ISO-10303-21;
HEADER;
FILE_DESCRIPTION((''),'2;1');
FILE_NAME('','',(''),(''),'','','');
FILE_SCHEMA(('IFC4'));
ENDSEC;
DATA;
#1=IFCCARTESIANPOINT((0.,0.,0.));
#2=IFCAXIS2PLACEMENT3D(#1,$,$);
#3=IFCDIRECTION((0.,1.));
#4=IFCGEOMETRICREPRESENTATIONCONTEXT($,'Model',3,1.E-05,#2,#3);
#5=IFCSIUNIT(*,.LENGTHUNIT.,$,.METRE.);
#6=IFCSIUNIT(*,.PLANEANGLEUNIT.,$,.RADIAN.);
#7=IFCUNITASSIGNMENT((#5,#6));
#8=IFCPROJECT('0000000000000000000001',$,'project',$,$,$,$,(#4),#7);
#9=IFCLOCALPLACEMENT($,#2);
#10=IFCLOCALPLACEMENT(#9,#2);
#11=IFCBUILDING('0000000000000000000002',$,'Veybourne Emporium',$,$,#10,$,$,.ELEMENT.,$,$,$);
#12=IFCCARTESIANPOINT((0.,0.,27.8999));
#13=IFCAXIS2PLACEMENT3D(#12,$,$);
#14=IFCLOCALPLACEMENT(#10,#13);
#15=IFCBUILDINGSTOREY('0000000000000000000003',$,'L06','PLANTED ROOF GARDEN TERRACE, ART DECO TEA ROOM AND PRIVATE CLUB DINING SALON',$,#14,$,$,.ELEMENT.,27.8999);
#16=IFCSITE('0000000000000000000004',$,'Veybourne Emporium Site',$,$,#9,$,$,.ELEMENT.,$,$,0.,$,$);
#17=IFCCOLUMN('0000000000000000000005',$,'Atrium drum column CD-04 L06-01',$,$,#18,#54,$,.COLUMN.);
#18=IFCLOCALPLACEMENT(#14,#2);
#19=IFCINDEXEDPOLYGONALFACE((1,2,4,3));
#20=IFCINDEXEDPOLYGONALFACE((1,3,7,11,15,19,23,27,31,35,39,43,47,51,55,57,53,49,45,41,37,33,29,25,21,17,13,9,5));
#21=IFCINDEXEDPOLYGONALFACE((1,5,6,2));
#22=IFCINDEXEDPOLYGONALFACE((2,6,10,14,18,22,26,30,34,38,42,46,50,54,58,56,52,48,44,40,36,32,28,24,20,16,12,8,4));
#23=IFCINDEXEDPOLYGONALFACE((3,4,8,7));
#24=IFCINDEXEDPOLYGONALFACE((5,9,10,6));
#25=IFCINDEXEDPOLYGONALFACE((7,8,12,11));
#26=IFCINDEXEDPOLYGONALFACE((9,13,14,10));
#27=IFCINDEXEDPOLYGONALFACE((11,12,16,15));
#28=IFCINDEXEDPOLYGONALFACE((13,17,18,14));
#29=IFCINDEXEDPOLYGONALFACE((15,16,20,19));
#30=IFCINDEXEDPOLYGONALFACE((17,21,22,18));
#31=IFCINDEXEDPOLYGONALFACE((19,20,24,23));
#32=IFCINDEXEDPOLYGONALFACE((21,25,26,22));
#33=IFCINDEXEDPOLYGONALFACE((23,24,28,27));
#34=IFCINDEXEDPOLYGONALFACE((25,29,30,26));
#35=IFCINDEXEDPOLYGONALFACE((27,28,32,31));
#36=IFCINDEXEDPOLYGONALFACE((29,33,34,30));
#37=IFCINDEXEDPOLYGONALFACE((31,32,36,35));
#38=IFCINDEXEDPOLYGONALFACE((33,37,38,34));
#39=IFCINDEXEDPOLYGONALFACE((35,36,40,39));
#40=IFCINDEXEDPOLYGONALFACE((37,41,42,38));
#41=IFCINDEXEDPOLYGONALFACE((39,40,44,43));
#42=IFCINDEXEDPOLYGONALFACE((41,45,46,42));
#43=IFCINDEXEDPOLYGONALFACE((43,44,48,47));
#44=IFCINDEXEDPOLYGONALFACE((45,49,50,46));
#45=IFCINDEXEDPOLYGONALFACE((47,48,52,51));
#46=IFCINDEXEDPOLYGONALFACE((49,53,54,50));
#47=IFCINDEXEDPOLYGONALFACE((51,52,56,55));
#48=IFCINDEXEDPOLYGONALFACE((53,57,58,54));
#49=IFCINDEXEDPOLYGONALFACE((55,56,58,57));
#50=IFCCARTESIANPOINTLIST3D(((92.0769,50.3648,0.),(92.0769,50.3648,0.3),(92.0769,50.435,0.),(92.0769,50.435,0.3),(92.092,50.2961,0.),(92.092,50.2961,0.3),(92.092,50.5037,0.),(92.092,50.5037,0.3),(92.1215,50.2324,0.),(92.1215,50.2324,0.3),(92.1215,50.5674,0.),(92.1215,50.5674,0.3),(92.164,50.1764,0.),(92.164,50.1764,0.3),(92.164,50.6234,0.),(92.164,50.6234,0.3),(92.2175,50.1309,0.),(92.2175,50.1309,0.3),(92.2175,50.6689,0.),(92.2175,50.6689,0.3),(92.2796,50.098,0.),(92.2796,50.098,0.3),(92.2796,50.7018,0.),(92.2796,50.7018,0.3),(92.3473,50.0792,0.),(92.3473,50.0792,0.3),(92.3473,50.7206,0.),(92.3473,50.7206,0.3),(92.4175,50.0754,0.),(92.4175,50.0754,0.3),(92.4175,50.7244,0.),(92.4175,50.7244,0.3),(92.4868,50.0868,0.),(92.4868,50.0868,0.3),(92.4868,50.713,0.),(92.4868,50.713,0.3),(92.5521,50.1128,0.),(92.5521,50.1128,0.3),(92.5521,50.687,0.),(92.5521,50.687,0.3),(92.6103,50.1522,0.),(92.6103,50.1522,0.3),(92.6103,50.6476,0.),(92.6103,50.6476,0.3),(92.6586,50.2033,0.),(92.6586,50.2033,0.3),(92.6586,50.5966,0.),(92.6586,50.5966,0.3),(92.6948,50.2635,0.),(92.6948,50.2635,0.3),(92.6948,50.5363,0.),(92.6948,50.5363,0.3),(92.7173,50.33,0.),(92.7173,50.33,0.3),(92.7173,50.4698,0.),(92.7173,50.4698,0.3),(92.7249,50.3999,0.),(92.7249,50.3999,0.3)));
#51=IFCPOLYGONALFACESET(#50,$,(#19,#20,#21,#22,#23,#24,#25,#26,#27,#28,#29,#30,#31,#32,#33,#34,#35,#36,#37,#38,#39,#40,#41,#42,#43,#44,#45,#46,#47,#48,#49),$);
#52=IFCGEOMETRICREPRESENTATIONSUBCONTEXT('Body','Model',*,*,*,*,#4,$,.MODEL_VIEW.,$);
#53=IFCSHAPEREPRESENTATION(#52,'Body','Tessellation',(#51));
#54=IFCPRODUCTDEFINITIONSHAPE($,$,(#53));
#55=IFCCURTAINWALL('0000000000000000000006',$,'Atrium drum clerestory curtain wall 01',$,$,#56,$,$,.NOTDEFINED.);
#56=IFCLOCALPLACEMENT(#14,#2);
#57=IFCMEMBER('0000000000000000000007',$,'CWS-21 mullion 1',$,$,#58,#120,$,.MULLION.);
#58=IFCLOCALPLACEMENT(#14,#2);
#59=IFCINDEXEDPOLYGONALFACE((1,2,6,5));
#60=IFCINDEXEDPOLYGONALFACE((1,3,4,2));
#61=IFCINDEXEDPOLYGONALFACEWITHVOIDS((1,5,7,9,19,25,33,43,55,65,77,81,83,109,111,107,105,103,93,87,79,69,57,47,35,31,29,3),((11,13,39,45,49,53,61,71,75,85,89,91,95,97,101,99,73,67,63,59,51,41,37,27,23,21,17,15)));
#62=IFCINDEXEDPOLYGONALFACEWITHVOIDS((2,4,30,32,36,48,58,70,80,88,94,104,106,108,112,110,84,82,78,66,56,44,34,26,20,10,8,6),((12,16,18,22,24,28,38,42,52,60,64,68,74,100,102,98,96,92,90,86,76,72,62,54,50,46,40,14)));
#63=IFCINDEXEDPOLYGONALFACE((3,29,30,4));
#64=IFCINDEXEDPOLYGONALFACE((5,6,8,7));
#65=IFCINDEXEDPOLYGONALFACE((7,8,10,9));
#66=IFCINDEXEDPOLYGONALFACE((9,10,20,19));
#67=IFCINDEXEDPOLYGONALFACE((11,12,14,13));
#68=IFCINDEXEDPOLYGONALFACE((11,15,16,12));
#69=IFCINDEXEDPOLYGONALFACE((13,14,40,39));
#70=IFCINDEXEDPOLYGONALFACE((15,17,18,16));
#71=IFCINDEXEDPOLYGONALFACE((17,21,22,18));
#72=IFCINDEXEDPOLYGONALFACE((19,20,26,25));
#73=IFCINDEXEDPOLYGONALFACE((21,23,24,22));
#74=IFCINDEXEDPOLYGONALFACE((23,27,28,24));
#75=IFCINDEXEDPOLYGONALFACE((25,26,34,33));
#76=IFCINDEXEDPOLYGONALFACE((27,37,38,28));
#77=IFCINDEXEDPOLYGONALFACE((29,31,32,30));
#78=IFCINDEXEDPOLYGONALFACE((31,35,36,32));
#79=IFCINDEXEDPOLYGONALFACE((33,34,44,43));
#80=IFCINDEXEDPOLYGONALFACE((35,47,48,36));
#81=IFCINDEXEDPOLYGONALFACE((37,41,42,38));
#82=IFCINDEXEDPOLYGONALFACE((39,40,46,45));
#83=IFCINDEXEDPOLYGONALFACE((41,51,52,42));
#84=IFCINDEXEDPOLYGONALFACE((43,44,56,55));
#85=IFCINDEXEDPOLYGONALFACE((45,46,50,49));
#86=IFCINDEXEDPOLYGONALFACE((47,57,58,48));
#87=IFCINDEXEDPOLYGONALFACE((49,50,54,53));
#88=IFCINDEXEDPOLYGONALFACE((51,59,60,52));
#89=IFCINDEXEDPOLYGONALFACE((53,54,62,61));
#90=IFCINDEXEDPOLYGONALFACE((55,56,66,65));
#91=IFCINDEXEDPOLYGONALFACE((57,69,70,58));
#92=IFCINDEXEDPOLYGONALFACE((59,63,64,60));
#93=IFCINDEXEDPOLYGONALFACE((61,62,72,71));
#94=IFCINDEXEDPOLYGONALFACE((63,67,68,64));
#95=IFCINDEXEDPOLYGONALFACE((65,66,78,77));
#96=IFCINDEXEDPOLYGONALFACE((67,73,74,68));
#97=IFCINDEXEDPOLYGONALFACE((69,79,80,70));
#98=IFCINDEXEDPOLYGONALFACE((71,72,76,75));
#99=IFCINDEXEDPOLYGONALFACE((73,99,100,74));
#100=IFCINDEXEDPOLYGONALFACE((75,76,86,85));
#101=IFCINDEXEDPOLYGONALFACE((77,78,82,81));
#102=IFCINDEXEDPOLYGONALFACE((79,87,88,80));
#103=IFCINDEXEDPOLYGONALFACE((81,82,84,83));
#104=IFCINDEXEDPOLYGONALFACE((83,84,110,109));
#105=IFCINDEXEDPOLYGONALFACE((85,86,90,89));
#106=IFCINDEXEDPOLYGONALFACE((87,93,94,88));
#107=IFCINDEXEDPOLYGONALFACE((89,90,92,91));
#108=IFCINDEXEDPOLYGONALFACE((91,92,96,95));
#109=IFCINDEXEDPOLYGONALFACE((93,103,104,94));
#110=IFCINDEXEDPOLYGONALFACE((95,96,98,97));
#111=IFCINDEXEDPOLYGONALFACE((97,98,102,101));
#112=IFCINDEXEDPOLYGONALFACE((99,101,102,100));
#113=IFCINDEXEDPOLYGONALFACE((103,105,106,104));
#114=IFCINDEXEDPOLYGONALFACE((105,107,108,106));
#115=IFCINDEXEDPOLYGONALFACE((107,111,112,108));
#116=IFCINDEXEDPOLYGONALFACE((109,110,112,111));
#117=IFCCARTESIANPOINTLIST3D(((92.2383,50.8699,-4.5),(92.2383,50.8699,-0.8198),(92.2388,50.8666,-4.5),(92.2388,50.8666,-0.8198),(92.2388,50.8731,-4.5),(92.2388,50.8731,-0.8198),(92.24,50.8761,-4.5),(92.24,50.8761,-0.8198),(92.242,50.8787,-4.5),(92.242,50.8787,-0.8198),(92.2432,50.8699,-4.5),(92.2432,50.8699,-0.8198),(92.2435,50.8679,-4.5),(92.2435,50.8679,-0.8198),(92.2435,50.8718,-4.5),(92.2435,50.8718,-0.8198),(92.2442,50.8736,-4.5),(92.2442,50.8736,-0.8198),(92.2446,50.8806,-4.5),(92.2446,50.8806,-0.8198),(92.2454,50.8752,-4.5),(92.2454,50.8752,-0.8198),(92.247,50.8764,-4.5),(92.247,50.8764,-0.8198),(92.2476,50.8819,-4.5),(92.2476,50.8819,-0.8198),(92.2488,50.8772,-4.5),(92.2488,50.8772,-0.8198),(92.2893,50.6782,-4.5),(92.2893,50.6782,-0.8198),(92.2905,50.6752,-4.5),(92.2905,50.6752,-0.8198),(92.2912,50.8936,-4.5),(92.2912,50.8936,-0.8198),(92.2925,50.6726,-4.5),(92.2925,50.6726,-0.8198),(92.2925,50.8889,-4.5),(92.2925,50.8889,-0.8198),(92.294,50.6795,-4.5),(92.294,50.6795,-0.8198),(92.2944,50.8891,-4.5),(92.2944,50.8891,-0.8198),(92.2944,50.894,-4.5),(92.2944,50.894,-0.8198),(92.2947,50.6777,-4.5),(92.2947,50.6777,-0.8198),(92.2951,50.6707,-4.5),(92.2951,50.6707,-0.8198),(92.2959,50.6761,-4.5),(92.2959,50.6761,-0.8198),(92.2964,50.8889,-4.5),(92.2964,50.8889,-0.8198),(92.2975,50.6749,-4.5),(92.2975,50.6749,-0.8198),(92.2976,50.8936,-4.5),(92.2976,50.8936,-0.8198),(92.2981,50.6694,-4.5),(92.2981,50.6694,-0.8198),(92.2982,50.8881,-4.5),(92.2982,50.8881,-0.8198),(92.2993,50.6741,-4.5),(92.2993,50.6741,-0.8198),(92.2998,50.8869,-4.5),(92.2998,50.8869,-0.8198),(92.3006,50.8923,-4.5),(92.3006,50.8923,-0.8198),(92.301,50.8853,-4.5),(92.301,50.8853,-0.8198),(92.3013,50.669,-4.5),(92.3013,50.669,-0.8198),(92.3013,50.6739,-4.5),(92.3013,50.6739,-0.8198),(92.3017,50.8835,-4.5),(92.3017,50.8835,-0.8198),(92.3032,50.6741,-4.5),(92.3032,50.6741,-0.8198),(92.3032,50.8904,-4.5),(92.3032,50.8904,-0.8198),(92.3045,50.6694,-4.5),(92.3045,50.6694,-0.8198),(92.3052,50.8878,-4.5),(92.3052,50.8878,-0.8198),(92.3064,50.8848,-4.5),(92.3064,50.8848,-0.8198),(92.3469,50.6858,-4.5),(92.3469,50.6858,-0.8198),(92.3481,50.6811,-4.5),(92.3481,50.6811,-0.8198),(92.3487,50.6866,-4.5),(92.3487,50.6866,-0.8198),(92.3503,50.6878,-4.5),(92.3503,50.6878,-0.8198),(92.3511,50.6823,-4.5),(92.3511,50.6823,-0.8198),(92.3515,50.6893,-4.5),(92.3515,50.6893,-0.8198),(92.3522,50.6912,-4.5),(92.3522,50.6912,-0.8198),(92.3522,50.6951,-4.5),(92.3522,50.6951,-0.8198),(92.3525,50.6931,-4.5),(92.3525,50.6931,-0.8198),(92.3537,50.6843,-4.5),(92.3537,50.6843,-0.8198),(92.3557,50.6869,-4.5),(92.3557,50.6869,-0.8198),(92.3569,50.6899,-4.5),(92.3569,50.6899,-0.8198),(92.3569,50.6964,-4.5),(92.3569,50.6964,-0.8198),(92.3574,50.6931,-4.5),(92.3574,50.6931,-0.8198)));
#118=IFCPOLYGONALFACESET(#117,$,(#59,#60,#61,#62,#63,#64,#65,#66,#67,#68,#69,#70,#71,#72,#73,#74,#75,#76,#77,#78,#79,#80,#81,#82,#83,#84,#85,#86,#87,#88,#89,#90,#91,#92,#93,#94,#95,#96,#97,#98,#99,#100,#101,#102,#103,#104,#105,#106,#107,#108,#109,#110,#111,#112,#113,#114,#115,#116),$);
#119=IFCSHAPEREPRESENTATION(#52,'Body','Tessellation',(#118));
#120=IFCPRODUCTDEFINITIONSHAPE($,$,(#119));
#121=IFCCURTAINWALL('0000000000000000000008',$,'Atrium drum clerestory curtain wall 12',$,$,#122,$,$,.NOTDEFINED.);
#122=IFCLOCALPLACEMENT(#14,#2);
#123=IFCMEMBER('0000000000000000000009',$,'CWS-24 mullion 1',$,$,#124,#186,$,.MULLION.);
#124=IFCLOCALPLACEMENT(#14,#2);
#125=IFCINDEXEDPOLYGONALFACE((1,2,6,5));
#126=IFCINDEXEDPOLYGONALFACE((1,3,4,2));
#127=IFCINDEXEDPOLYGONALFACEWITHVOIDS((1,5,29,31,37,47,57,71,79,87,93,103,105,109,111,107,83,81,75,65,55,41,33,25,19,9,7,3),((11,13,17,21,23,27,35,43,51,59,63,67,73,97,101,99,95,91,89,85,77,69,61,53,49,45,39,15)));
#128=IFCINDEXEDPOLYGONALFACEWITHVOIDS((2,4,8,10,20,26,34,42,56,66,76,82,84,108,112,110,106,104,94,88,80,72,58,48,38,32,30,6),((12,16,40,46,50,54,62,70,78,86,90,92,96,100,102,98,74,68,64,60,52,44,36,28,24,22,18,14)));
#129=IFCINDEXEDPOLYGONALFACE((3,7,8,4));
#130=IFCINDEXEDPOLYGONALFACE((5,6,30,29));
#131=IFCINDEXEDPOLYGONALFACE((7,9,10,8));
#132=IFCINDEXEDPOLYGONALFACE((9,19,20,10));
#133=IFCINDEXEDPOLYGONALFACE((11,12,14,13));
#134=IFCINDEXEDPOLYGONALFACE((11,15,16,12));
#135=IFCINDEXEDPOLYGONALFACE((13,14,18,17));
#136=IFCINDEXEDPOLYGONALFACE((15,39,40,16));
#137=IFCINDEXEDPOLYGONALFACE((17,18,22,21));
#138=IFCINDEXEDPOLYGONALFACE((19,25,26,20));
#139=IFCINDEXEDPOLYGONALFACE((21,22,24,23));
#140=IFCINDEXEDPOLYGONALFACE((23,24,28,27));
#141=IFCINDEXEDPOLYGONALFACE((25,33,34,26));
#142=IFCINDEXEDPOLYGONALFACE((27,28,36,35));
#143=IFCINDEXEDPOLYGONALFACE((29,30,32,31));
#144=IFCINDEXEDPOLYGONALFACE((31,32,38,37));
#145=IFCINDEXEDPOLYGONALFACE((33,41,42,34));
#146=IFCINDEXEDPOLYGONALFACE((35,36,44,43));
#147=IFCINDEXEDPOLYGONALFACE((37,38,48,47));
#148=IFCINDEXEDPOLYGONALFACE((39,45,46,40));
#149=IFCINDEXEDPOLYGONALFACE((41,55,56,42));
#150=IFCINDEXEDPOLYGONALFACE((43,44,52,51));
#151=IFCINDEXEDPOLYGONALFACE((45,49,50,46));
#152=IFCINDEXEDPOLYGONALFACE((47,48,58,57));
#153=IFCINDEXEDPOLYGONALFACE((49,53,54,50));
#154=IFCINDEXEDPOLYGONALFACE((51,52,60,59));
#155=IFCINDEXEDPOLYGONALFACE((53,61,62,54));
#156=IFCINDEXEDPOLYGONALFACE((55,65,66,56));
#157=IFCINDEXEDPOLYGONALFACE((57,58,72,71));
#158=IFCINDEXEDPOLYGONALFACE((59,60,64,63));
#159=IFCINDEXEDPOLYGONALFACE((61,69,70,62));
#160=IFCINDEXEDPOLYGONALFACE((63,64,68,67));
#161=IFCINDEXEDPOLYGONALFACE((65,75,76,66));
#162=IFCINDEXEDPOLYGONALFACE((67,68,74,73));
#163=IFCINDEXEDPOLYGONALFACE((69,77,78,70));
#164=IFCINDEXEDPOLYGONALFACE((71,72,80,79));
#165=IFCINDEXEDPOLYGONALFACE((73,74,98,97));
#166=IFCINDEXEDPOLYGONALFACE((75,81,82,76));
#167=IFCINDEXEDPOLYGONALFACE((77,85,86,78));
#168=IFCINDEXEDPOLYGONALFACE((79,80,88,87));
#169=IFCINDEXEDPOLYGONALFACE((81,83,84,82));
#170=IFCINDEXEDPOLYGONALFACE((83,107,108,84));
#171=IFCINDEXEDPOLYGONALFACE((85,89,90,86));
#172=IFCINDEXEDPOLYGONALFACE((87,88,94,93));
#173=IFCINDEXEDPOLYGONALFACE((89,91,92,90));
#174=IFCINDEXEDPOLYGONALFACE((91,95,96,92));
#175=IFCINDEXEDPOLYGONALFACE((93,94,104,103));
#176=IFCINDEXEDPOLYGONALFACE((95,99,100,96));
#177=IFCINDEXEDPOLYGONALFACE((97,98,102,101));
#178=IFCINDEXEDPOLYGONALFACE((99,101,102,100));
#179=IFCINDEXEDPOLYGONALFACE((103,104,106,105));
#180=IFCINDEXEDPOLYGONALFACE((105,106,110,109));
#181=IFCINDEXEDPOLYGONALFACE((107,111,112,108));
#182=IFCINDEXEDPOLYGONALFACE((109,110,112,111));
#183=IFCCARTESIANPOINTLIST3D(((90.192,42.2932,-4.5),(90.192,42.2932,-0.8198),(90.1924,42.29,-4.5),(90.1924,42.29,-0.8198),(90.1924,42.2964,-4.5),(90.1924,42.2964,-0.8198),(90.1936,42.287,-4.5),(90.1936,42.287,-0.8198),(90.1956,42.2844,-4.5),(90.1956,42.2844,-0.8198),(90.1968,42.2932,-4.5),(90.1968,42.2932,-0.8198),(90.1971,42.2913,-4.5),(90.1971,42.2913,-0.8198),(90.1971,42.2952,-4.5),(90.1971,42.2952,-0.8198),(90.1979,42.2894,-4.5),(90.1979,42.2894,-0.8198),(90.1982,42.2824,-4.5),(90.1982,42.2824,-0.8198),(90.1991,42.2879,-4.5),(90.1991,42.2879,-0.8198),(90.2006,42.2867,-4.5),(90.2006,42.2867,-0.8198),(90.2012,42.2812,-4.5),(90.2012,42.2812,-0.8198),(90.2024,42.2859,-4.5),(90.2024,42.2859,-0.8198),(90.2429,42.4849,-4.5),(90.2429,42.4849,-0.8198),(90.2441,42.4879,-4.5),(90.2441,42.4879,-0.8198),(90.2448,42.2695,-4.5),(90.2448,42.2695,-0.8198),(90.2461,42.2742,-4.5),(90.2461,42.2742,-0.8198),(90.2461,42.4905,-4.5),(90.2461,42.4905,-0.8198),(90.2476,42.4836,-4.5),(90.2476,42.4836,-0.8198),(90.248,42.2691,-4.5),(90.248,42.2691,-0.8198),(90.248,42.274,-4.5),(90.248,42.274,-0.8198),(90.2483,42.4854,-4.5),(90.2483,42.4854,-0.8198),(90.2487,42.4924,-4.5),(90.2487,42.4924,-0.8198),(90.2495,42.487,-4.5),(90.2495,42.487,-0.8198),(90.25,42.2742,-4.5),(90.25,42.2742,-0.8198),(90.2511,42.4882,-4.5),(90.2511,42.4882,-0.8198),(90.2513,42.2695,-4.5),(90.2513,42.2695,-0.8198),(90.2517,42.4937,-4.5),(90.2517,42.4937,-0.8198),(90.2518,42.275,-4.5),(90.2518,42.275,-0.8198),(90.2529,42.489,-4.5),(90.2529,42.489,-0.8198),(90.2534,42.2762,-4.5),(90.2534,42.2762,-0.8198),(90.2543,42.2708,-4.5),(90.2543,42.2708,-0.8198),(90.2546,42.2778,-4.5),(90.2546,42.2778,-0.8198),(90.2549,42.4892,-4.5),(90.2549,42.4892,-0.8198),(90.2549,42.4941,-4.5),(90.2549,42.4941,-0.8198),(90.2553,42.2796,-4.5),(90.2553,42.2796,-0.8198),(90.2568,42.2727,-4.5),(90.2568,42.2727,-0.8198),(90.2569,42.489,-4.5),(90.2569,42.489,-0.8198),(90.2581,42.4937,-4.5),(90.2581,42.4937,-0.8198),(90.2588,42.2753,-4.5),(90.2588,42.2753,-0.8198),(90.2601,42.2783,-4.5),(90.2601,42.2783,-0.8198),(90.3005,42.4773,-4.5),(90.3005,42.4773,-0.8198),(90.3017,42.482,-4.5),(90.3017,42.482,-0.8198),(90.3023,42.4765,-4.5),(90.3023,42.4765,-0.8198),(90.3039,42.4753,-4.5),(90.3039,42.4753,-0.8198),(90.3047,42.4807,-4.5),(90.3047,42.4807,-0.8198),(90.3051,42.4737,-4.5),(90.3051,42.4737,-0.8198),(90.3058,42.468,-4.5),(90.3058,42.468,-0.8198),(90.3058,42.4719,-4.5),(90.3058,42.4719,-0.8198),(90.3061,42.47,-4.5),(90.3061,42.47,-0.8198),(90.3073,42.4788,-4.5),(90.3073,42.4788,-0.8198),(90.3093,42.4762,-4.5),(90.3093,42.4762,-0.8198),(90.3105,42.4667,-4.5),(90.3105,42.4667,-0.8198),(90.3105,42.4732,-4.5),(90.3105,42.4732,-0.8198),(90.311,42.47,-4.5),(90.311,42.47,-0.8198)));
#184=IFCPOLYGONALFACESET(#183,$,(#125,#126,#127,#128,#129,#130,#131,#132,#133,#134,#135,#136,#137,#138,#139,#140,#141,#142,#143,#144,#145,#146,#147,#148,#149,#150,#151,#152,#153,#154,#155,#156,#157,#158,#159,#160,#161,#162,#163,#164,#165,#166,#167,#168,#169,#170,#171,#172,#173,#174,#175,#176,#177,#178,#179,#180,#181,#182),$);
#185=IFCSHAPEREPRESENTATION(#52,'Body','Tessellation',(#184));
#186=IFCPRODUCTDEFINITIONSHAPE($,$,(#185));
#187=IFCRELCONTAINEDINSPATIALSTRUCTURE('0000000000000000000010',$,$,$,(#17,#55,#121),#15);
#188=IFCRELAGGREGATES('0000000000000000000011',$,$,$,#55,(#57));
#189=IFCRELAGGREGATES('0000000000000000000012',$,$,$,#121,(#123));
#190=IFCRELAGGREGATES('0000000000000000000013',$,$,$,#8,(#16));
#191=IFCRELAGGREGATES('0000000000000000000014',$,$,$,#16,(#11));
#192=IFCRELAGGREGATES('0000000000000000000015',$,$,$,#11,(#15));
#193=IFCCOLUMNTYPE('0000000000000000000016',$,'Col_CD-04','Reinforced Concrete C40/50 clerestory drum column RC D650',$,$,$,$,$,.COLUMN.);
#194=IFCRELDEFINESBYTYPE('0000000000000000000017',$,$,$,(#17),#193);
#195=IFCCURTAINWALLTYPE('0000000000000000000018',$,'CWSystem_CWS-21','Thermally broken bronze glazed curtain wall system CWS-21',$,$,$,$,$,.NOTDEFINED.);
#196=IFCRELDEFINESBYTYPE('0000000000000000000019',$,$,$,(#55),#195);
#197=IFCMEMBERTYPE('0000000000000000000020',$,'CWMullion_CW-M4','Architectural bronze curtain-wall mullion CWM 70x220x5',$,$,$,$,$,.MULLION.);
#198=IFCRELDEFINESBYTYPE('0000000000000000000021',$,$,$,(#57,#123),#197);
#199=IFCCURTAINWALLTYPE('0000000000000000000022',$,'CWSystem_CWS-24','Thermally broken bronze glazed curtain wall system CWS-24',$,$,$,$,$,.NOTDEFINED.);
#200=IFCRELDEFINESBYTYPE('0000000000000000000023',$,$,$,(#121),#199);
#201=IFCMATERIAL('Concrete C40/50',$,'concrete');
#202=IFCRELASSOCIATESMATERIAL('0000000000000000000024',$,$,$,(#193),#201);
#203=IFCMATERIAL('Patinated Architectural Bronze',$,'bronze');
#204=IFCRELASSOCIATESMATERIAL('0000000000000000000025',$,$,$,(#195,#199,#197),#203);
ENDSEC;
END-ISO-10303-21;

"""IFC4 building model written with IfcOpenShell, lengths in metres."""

from ifc_helpers import new_model, si_unit, direction, frame, origin, origin_2d, place, context, subcontext, project, spatial, hollow_rectangle, circle, extrude, material, material_profile, profile_set, type_object, element, aggregate, save


model = new_model("IFC4")

# Units and contexts
model_context = context("Model", 3, precision=1e-05, world=origin(), true_north=direction((0.0, 1.0)))
body_context = subcontext(model_context, "Body", "Model", "MODEL_VIEW")
ifc_project = project(units=[si_unit("LENGTHUNIT", "METRE"), si_unit("PLANEANGLEUNIT", "RADIAN")], contexts=[model_context])

# Site, building, storey
site_placement = place(None, origin())
site = spatial("IfcSite", under=ifc_project, at=site_placement, Name="Veybourne Emporium Site", CompositionType="ELEMENT", RefElevation=0.0)
building_placement = place(site_placement, origin())
building = spatial("IfcBuilding", under=site, at=building_placement, Name="Veybourne Emporium", CompositionType="ELEMENT")
storey_placement = place(building_placement, frame((0.0, 0.0, 27.8999)))
storey = spatial("IfcBuildingStorey", under=building, at=storey_placement, Name="L06", Description="PLANTED ROOF GARDEN TERRACE, ART DECO TEA ROOM AND PRIVATE CLUB DINING SALON", CompositionType="ELEMENT", Elevation=27.8999)

# Column
ifc_material_1 = material(Name="Concrete C40/50", Category="concrete")
ifc_material_profile_1 = material_profile(ifc_material_1, circle(Radius=0.325, at=origin_2d()), Name="RC D650")
ifc_profile_set_1 = profile_set([ifc_material_profile_1], Name="Concrete C40/50")
column_type = type_object("IfcColumnType", Name="Col_CD-04", Description="Reinforced Concrete C40/50 clerestory drum column RC D650", PredefinedType="COLUMN", material=ifc_profile_set_1)
column_placement = place(storey_placement, frame((92.3999, 50.3999, 0.0), z_axis=(0.0, 0.0, 1.0), x_axis=(1.0, 0.0, 0.0)))
element("IfcColumn", 1, at=column_placement, inside=storey, type_object=column_type, Name="Atrium drum column CD-04 L06-01", PredefinedType="COLUMN", context=body_context, shape_type="SweptSolid", body=[
    extrude(circle(Radius=0.325, at=origin_2d()), origin(), (0.0, 0.0, 1.0), 0.3),
])

# Curtain wall, member
ifc_material_2 = material(Name="Patinated Architectural Bronze", Category="bronze")
curtain_wall_type_1 = type_object("IfcCurtainWallType", Name="CWSystem_CWS-21", Description="Thermally broken bronze glazed curtain wall system CWS-21", PredefinedType="NOTDEFINED", material=ifc_material_2)
curtain_wall_1_placement = place(storey_placement, origin())
curtain_wall_1 = element("IfcCurtainWall", 2, at=curtain_wall_1_placement, inside=storey, type_object=curtain_wall_type_1, Name="Atrium drum clerestory curtain wall 01", PredefinedType="NOTDEFINED")
ifc_material_profile_2 = material_profile(ifc_material_2, hollow_rectangle(XDim=0.0701, YDim=0.22, WallThickness=0.0049, InnerFilletRadius=0.0076, OuterFilletRadius=0.0125, at=origin_2d()), Name="CWM 70x220x5")
ifc_profile_set_2 = profile_set([ifc_material_profile_2], Name="Patinated Architectural Bronze")
member_type_1 = type_object("IfcMemberType", Name="CWMullion_CW-M4", Description="Architectural bronze curtain-wall mullion CWM 70x220x5", PredefinedType="MULLION", material=ifc_profile_set_2)
member_1_placement = place(storey_placement, frame((92.2979, 50.7815, -4.5), z_axis=(0.0, 0.0, 1.0), x_axis=(-0.965926, -0.25882, 0.0)))
member_1 = element("IfcMember", 3, at=member_1_placement, type_object=member_type_1, Name="CWS-21 mullion 1", PredefinedType="MULLION", context=body_context, shape_type="SweptSolid", body=[
    extrude(hollow_rectangle(XDim=0.0701, YDim=0.22, WallThickness=0.0049, InnerFilletRadius=0.0076, OuterFilletRadius=0.0125, at=origin_2d()), origin(), (0.0, 0.0, 1.0), 3.6802),
])

# Curtain wall, member
curtain_wall_type_2 = type_object("IfcCurtainWallType", Name="CWSystem_CWS-24", Description="Thermally broken bronze glazed curtain wall system CWS-24", PredefinedType="NOTDEFINED", material=ifc_material_2)
curtain_wall_2_placement = place(storey_placement, origin())
curtain_wall_2 = element("IfcCurtainWall", 4, at=curtain_wall_2_placement, inside=storey, type_object=curtain_wall_type_2, Name="Atrium drum clerestory curtain wall 12", PredefinedType="NOTDEFINED")
member_2_placement = place(storey_placement, frame((90.2515, 42.3816, -4.5), z_axis=(0.0, 0.0, 1.0), x_axis=(-0.965926, 0.25882, 0.0)))
member_2 = element("IfcMember", 5, at=member_2_placement, type_object=member_type_1, Name="CWS-24 mullion 1", PredefinedType="MULLION", context=body_context, shape_type="SweptSolid", body=[
    extrude(hollow_rectangle(XDim=0.0701, YDim=0.22, WallThickness=0.0049, InnerFilletRadius=0.0076, OuterFilletRadius=0.0125, at=origin_2d()), origin(), (0.0, 0.0, 1.0), 3.6802),
])

aggregate(curtain_wall_1, [member_1])
aggregate(curtain_wall_2, [member_2])

save(model, "model.ifc")
